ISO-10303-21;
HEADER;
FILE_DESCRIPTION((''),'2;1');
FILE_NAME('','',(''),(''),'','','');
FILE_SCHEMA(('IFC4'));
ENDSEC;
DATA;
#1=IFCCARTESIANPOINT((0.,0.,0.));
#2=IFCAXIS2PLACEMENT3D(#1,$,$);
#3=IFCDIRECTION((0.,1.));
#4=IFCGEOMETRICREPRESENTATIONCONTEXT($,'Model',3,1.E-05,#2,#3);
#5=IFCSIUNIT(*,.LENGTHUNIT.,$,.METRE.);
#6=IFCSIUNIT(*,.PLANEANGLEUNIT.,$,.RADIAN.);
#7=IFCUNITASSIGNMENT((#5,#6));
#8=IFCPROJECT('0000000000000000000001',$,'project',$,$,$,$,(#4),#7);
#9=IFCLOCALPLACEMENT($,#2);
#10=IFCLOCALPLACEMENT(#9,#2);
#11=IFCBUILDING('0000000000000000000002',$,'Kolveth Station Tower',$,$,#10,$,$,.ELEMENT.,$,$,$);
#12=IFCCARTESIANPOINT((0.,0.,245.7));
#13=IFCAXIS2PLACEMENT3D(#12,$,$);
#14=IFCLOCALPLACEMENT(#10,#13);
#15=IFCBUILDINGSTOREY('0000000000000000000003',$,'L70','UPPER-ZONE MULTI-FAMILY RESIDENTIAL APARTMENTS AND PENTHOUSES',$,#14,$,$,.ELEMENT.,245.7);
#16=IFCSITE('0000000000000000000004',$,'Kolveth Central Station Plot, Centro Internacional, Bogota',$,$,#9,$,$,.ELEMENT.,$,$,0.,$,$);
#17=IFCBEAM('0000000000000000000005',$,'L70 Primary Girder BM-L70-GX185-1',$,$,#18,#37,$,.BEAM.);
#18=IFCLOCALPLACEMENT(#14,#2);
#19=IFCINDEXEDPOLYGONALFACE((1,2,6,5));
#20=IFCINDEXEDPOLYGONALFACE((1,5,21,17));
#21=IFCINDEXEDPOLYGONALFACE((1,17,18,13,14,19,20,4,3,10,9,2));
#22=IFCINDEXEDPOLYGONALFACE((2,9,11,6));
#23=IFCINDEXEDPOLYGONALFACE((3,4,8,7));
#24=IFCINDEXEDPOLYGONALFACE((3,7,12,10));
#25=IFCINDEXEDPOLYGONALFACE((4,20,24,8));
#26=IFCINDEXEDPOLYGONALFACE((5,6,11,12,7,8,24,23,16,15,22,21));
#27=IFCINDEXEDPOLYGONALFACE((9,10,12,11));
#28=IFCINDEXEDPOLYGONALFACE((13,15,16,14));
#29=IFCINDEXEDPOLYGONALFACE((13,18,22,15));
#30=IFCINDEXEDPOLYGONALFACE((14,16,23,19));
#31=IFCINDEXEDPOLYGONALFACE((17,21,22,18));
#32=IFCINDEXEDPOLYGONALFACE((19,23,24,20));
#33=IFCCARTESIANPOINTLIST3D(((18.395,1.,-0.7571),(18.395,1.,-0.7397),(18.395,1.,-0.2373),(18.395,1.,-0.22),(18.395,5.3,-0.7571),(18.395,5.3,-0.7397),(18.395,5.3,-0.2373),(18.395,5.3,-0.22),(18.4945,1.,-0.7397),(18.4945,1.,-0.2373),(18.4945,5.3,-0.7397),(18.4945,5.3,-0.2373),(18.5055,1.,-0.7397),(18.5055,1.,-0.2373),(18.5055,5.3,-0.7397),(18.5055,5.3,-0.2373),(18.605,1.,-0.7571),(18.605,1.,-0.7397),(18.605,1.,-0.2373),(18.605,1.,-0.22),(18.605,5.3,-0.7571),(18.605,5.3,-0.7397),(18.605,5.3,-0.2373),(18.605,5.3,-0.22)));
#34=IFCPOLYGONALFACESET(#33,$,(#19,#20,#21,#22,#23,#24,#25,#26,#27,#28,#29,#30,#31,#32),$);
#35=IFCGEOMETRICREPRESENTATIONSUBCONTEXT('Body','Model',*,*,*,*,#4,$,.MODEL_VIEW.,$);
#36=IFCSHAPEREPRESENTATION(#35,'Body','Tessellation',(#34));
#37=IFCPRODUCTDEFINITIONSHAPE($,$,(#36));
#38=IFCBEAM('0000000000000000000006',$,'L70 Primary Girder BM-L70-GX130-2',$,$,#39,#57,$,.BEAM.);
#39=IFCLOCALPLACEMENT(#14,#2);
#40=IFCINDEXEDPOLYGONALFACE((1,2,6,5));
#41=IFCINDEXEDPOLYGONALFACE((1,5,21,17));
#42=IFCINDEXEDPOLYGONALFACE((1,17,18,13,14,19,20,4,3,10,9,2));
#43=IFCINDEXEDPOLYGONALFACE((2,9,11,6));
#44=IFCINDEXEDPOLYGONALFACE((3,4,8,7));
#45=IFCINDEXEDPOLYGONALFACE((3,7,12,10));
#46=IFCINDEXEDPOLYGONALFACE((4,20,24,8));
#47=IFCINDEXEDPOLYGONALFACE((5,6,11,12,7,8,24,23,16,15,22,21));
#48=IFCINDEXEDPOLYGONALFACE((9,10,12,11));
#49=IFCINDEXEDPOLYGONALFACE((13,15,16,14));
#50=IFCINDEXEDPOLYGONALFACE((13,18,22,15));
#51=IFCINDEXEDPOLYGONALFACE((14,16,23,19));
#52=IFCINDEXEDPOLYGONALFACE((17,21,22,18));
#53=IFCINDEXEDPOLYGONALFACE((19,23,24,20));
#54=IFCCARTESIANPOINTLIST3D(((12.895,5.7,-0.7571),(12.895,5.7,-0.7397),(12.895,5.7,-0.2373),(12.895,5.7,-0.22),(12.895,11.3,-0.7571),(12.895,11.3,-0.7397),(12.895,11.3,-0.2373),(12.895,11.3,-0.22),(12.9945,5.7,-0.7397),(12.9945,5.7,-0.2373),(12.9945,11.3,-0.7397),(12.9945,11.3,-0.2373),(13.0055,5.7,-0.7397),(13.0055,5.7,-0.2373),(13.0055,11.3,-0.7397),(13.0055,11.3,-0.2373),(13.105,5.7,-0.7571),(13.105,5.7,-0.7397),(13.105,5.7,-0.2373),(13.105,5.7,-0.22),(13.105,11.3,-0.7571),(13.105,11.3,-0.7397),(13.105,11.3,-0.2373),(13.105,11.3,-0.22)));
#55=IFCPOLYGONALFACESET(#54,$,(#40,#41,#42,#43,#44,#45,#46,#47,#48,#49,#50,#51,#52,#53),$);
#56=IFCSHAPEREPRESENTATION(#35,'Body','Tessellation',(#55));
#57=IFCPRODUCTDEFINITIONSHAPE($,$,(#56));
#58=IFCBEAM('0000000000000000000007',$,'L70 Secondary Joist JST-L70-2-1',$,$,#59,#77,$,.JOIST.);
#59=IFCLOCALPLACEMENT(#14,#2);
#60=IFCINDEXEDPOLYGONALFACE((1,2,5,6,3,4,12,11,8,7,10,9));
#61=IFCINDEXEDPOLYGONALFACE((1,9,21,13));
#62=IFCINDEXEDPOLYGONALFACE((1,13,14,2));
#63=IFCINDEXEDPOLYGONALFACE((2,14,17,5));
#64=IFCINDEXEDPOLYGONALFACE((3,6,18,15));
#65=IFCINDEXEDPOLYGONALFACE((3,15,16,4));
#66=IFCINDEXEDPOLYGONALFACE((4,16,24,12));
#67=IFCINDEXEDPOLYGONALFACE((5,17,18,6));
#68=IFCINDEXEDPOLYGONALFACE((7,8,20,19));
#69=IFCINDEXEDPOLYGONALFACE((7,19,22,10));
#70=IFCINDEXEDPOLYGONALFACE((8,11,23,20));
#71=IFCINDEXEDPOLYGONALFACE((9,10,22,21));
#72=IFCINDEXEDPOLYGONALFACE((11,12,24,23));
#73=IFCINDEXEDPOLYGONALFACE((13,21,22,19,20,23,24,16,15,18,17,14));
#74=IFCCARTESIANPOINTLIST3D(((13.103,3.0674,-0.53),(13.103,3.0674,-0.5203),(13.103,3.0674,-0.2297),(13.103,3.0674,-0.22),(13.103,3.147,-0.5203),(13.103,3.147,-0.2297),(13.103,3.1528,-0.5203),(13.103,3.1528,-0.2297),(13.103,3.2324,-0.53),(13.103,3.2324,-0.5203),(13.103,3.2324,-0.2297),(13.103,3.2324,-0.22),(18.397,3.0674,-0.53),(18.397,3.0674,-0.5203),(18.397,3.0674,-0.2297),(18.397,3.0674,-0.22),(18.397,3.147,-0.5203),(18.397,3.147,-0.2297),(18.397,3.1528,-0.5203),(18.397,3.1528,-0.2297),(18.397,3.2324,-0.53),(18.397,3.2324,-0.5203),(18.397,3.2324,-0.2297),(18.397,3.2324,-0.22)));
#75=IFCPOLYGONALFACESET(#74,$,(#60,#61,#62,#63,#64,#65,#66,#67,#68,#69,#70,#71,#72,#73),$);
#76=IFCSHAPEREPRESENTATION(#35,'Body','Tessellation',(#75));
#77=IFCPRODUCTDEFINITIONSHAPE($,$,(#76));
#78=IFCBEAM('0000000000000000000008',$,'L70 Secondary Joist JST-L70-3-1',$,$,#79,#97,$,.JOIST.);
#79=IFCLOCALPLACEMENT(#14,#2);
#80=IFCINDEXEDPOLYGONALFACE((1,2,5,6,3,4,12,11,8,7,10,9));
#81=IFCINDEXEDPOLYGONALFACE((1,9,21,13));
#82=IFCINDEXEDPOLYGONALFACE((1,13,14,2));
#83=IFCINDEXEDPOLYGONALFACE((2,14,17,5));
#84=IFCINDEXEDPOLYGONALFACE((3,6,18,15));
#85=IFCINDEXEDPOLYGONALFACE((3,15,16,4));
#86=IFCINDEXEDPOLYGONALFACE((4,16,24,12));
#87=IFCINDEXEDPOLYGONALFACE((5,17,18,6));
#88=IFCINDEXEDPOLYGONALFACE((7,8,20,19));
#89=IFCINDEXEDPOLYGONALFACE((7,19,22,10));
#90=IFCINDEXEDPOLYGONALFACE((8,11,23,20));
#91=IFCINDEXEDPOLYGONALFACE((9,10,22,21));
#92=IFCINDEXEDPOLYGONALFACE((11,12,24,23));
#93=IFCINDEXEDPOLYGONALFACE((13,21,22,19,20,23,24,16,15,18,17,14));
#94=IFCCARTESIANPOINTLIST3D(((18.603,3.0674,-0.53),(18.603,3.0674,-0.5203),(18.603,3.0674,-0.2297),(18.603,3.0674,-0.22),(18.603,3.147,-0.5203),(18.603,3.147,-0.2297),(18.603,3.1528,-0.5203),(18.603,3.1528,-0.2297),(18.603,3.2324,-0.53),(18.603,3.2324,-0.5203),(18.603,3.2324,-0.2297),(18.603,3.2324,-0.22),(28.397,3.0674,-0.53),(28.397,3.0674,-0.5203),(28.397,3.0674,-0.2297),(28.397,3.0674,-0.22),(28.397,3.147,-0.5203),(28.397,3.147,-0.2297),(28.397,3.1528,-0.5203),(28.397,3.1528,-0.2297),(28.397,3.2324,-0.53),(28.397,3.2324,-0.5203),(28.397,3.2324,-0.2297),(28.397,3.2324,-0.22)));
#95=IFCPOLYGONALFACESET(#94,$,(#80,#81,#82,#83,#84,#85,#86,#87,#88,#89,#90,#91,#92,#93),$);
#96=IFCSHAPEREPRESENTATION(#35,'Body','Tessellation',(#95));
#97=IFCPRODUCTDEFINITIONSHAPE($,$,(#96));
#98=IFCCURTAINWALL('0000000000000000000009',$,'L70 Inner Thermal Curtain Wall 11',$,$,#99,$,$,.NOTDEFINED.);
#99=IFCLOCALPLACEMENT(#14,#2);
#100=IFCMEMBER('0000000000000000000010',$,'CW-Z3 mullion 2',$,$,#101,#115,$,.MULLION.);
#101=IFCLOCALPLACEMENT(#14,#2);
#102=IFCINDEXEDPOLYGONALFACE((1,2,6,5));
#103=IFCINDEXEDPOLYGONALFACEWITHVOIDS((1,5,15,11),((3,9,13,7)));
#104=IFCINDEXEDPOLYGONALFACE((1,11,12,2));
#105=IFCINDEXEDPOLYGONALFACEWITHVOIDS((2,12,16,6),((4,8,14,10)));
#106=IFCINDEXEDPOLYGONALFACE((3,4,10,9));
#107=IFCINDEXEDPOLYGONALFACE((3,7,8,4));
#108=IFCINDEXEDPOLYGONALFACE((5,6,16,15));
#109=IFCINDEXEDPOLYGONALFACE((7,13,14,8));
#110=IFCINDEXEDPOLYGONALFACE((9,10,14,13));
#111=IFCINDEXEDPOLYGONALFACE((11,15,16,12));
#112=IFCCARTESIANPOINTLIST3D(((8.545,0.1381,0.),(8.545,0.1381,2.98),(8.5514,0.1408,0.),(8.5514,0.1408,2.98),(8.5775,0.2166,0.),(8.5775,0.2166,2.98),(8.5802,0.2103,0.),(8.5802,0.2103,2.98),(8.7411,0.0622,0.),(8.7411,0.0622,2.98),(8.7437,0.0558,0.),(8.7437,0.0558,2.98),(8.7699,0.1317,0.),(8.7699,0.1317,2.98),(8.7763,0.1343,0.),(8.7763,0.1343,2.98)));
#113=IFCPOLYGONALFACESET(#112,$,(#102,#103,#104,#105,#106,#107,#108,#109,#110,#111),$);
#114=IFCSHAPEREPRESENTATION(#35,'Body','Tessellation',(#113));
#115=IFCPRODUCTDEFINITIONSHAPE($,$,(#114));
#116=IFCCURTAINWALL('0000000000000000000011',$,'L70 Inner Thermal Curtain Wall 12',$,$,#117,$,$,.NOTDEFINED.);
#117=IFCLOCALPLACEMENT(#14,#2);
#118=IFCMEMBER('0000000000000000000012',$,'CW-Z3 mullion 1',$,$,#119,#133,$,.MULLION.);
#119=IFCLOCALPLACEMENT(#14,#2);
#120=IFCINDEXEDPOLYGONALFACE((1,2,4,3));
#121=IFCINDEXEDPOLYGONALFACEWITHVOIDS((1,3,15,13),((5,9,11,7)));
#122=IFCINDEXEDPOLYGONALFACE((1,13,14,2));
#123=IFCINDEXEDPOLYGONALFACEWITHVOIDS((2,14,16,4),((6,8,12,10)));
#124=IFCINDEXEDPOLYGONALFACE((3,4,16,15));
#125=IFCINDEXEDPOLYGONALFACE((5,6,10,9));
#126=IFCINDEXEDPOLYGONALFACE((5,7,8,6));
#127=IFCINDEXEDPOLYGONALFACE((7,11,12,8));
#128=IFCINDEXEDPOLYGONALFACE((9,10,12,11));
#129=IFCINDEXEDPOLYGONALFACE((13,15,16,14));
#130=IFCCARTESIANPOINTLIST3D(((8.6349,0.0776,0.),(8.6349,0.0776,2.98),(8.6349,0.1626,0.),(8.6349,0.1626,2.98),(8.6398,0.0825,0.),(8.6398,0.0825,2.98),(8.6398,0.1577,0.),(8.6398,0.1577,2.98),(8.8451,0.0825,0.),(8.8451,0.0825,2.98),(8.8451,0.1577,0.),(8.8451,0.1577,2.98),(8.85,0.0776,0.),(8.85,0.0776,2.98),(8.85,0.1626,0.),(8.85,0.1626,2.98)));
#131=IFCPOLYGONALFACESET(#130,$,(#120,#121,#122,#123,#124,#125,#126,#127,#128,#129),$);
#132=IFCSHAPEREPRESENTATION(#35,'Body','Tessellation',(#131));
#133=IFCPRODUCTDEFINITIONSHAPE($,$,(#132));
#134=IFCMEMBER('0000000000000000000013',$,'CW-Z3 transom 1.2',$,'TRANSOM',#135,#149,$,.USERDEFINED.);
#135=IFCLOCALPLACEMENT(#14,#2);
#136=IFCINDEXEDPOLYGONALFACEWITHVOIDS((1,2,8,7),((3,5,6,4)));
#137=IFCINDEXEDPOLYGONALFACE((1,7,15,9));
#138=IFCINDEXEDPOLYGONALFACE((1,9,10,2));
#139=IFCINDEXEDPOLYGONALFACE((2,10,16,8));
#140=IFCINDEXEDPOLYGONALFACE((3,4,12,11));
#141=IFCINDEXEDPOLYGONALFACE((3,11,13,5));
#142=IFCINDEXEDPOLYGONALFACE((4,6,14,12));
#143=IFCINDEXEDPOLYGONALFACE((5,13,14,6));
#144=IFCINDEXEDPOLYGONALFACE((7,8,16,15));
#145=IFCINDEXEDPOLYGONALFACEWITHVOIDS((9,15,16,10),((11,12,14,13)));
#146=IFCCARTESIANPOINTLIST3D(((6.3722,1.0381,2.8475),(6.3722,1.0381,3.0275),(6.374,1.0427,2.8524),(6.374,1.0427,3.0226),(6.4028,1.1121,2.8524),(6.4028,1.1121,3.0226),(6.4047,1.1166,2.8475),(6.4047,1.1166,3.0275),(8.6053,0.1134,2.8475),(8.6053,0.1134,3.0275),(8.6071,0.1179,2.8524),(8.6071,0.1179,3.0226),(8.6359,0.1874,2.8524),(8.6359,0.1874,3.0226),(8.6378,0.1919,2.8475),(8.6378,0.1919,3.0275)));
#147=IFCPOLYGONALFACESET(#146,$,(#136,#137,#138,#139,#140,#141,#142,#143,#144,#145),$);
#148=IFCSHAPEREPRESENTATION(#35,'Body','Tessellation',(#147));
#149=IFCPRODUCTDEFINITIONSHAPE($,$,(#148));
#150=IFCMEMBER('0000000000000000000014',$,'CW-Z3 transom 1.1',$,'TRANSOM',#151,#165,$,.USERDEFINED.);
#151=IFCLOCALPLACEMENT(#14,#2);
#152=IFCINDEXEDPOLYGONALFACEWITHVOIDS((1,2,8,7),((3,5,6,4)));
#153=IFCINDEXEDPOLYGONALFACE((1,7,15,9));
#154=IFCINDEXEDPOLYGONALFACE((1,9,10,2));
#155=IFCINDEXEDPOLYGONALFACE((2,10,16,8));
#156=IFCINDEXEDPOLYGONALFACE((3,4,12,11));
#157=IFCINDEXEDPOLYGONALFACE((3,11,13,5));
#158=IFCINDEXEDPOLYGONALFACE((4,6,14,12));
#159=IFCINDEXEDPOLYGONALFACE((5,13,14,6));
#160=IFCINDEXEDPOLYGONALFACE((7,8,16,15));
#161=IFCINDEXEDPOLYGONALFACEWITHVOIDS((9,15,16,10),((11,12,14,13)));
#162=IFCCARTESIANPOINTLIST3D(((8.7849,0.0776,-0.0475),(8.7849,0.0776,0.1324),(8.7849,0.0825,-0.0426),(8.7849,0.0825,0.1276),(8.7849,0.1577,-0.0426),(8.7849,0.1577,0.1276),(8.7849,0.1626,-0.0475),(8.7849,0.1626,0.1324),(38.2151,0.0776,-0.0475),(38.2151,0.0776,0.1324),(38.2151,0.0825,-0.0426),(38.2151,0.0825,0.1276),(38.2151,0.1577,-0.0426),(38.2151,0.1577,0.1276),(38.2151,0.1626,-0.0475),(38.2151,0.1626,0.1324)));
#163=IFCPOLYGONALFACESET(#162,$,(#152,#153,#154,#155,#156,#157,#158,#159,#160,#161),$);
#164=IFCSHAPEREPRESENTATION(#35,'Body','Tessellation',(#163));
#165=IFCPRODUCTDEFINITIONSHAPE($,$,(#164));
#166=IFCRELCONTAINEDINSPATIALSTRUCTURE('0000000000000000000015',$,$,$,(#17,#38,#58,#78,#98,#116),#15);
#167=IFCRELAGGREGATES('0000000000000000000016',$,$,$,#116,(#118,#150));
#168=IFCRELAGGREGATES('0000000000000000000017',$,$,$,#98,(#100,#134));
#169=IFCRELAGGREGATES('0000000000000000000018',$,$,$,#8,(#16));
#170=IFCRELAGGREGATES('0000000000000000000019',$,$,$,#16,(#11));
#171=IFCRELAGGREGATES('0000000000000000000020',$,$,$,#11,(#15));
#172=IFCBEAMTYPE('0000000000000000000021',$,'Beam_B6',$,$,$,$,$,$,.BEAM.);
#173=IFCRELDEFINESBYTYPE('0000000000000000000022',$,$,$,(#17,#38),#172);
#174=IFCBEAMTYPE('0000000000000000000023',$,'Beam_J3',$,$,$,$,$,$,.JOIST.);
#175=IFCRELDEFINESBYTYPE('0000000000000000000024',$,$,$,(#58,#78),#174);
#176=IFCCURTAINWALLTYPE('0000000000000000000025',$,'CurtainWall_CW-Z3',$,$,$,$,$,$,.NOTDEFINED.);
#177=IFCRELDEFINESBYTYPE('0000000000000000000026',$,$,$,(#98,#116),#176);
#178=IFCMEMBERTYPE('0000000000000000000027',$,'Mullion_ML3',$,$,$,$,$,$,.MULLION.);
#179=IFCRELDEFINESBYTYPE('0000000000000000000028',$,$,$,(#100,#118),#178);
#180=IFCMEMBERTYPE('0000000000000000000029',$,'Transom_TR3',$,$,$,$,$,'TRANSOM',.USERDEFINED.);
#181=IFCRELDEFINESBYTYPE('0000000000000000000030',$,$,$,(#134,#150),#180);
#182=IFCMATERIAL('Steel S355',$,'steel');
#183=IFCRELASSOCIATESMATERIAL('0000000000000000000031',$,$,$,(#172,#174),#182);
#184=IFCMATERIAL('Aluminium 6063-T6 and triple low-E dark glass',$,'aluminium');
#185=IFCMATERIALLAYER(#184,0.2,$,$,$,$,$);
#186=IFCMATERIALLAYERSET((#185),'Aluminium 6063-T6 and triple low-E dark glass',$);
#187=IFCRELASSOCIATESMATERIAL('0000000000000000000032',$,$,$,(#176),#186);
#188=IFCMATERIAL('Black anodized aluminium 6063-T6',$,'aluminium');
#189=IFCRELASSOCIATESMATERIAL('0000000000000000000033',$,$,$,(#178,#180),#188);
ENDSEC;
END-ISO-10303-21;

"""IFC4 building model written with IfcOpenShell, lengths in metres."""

from ifc_helpers import new_model, si_unit, direction, frame, origin, origin_2d, place, context, subcontext, project, spatial, hollow_rectangle, i_section, extrude, source, transform, mapped, material, layer, layer_set, material_profile, profile_set, type_object, element, aggregate, save


model = new_model("IFC4")

# Units and contexts
model_context = context("Model", 3, precision=1e-05, world=origin(), true_north=direction((0.0, 1.0)))
body_context = subcontext(model_context, "Body", "Model", "MODEL_VIEW")
ifc_project = project(units=[si_unit("LENGTHUNIT", "METRE"), si_unit("PLANEANGLEUNIT", "RADIAN")], contexts=[model_context])

# Site, building, storey
site_placement = place(None, origin())
site = spatial("IfcSite", under=ifc_project, at=site_placement, Name="Kolveth Central Station Plot, Centro Internacional, Bogota", CompositionType="ELEMENT", RefElevation=0.0)
building_placement = place(site_placement, origin())
building = spatial("IfcBuilding", under=site, at=building_placement, Name="Kolveth Station Tower", CompositionType="ELEMENT")
storey_placement = place(building_placement, frame((0.0, 0.0, 245.7)))
storey = spatial("IfcBuildingStorey", under=building, at=storey_placement, Name="L70", Description="UPPER-ZONE MULTI-FAMILY RESIDENTIAL APARTMENTS AND PENTHOUSES", CompositionType="ELEMENT", Elevation=245.7)

# Shared definitions
ifc_material_1 = material(Name="Steel S355", Category="steel")

# Beams
ifc_material_profile_1 = material_profile(ifc_material_1, i_section(OverallWidth=0.21, OverallDepth=0.5371, WebThickness=0.011, FlangeThickness=0.0173, at=origin_2d()), Name="W530x101")
ifc_profile_set_1 = profile_set([ifc_material_profile_1], Name="Steel S355")
beam_type_1 = type_object("IfcBeamType", Name="Beam_B6", PredefinedType="BEAM", material=ifc_profile_set_1)
shared_shape_1 = source(origin(), body_context, "Body", "SweptSolid", [
    extrude(i_section(OverallWidth=0.21, OverallDepth=0.5371, WebThickness=0.011, FlangeThickness=0.0173, at=origin_2d()), origin(), (0.0, 0.0, 1.0), 4.3),
])
for number, where, z_axis, x_axis, name in (
    (1, (18.5, 1.0, -0.4885), (0.0, 1.0, 0.0), (-1.0, 0.0, 0.0), "L70 Primary Girder BM-L70-GX185-1"),
):
    element("IfcBeam", number, at=place(storey_placement, frame(where, z_axis=z_axis, x_axis=x_axis)), inside=storey, type_object=beam_type_1, Name=name, PredefinedType="BEAM", context=body_context, shape_type="MappedRepresentation", body=[
        mapped(shared_shape_1, transform((0.0, 0.0, 0.0), x_axis=(1.0, 0.0, 0.0), y_axis=(0.0, 1.0, 0.0), z_axis=(0.0, 0.0, 1.0), scale=1.0)),
    ])
shared_shape_2 = source(origin(), body_context, "Body", "SweptSolid", [
    extrude(i_section(OverallWidth=0.21, OverallDepth=0.5371, WebThickness=0.011, FlangeThickness=0.0173, at=origin_2d()), origin(), (0.0, 0.0, 1.0), 5.6001),
])
beam_1_placement = place(storey_placement, frame((13.0, 5.7, -0.4885), z_axis=(0.0, 1.0, 0.0), x_axis=(-1.0, 0.0, 0.0)))
element("IfcBeam", 2, at=beam_1_placement, inside=storey, type_object=beam_type_1, Name="L70 Primary Girder BM-L70-GX130-2", PredefinedType="BEAM", context=body_context, shape_type="MappedRepresentation", body=[
    mapped(shared_shape_2, transform((0.0, 0.0, 0.0), x_axis=(1.0, 0.0, 0.0), y_axis=(0.0, 1.0, 0.0), z_axis=(0.0, 0.0, 1.0), scale=1.0)),
])
ifc_material_profile_2 = material_profile(ifc_material_1, i_section(OverallWidth=0.165, OverallDepth=0.3101, WebThickness=0.0059, FlangeThickness=0.0098, at=origin_2d()), Name="W310x39")
ifc_profile_set_2 = profile_set([ifc_material_profile_2], Name="Steel S355")
beam_type_2 = type_object("IfcBeamType", Name="Beam_J3", PredefinedType="JOIST", material=ifc_profile_set_2)
shared_shape_3 = source(origin(), body_context, "Body", "SweptSolid", [
    extrude(i_section(OverallWidth=0.165, OverallDepth=0.3101, WebThickness=0.0059, FlangeThickness=0.0098, at=origin_2d()), origin(), (0.0, 0.0, 1.0), 5.2939),
])
beam_2_placement = place(storey_placement, frame((13.103, 3.1499, -0.375), z_axis=(1.0, 0.0, 0.0), x_axis=(0.0, 1.0, 0.0)))
element("IfcBeam", 3, at=beam_2_placement, inside=storey, type_object=beam_type_2, Name="L70 Secondary Joist JST-L70-2-1", PredefinedType="JOIST", context=body_context, shape_type="MappedRepresentation", body=[
    mapped(shared_shape_3, transform((0.0, 0.0, 0.0), x_axis=(1.0, 0.0, 0.0), y_axis=(0.0, 1.0, 0.0), z_axis=(0.0, 0.0, 1.0), scale=1.0)),
])
shared_shape_4 = source(origin(), body_context, "Body", "SweptSolid", [
    extrude(i_section(OverallWidth=0.165, OverallDepth=0.3101, WebThickness=0.0059, FlangeThickness=0.0098, at=origin_2d()), origin(), (0.0, 0.0, 1.0), 9.7939),
])
beam_3_placement = place(storey_placement, frame((18.603, 3.1499, -0.375), z_axis=(1.0, 0.0, 0.0), x_axis=(0.0, 1.0, 0.0)))
element("IfcBeam", 4, at=beam_3_placement, inside=storey, type_object=beam_type_2, Name="L70 Secondary Joist JST-L70-3-1", PredefinedType="JOIST", context=body_context, shape_type="MappedRepresentation", body=[
    mapped(shared_shape_4, transform((0.0, 0.0, 0.0), x_axis=(1.0, 0.0, 0.0), y_axis=(0.0, 1.0, 0.0), z_axis=(0.0, 0.0, 1.0), scale=1.0)),
])

# Curtain walls, members
ifc_material_2 = material(Name="Aluminium 6063-T6 and triple low-E dark glass", Category="aluminium")
ifc_layer_1 = layer(ifc_material_2, 0.2)
ifc_layer_set_1 = layer_set([ifc_layer_1], Name="Aluminium 6063-T6 and triple low-E dark glass")
curtain_wall_type_1 = type_object("IfcCurtainWallType", Name="CurtainWall_CW-Z3", PredefinedType="NOTDEFINED", material=ifc_layer_set_1)
curtain_wall_1_placement = place(storey_placement, origin())
curtain_wall_1 = element("IfcCurtainWall", 5, at=curtain_wall_1_placement, inside=storey, type_object=curtain_wall_type_1, Name="L70 Inner Thermal Curtain Wall 11", PredefinedType="NOTDEFINED")
ifc_material_3 = material(Name="Black anodized aluminium 6063-T6", Category="aluminium")
ifc_material_profile_3 = material_profile(ifc_material_3, hollow_rectangle(XDim=0.085, YDim=0.2151, WallThickness=0.0049, at=origin_2d()), Name="ALU-85x215x5")
ifc_profile_set_3 = profile_set([ifc_material_profile_3], Name="Black anodized aluminium 6063-T6")
member_type_1 = type_object("IfcMemberType", Name="Mullion_ML3", PredefinedType="MULLION", material=ifc_profile_set_3)
shared_shape_5 = source(origin(), body_context, "Body", "SweptSolid", [
    extrude(hollow_rectangle(XDim=0.085, YDim=0.2151, WallThickness=0.0049, at=origin_2d()), origin(), (0.0, 0.0, 1.0), 2.98),
])
member_1_placement = place(storey_placement, frame((8.6606, 0.1362, 0.0), z_axis=(0.0, 0.0, 1.0), x_axis=(0.382693, 0.923875, 0.0)))
member_1 = element("IfcMember", 6, at=member_1_placement, type_object=member_type_1, Name="CW-Z3 mullion 2", PredefinedType="MULLION", context=body_context, shape_type="MappedRepresentation", body=[
    mapped(shared_shape_5, transform((0.0, 0.0, 0.0), x_axis=(1.0, 0.0, 0.0), y_axis=(0.0, 1.0, 0.0), z_axis=(0.0, 0.0, 1.0), scale=1.0)),
])
curtain_wall_2_placement = place(storey_placement, origin())
curtain_wall_2 = element("IfcCurtainWall", 7, at=curtain_wall_2_placement, inside=storey, type_object=curtain_wall_type_1, Name="L70 Inner Thermal Curtain Wall 12", PredefinedType="NOTDEFINED")
member_2_placement = place(storey_placement, frame((8.7424, 0.1201, 0.0), z_axis=(0.0, 0.0, 1.0), x_axis=(0.0, 1.0, 0.0)))
member_2 = element("IfcMember", 8, at=member_2_placement, type_object=member_type_1, Name="CW-Z3 mullion 1", PredefinedType="MULLION", context=body_context, shape_type="MappedRepresentation", body=[
    mapped(shared_shape_5, transform((0.0, 0.0, 0.0), x_axis=(1.0, 0.0, 0.0), y_axis=(0.0, 1.0, 0.0), z_axis=(0.0, 0.0, 1.0), scale=1.0)),
])

# Members
ifc_material_profile_4 = material_profile(ifc_material_3, hollow_rectangle(XDim=0.085, YDim=0.1799, WallThickness=0.0049, at=origin_2d()), Name="ALU-85x180x5")
ifc_profile_set_4 = profile_set([ifc_material_profile_4], Name="Black anodized aluminium 6063-T6")
member_type_2 = type_object("IfcMemberType", Name="Transom_TR3", ElementType="TRANSOM", PredefinedType="USERDEFINED", material=ifc_profile_set_4)
shared_shape_6 = source(origin(), body_context, "Body", "SweptSolid", [
    extrude(hollow_rectangle(XDim=0.085, YDim=0.1799, WallThickness=0.0049, at=origin_2d()), origin(), (0.0, 0.0, 1.0), 2.417),
])
member_3_placement = place(storey_placement, frame((6.3884, 1.0774, 2.9375), z_axis=(0.923909, -0.382613, 0.0), x_axis=(0.382613, 0.923909, 0.0)))
member_3 = element("IfcMember", 9, at=member_3_placement, type_object=member_type_2, Name="CW-Z3 transom 1.2", ObjectType="TRANSOM", PredefinedType="USERDEFINED", context=body_context, shape_type="MappedRepresentation", body=[
    mapped(shared_shape_6, transform((0.0, 0.0, 0.0), x_axis=(1.0, 0.0, 0.0), y_axis=(0.0, 1.0, 0.0), z_axis=(0.0, 0.0, 1.0), scale=1.0)),
])
shared_shape_7 = source(origin(), body_context, "Body", "SweptSolid", [
    extrude(hollow_rectangle(XDim=0.085, YDim=0.1799, WallThickness=0.0049, at=origin_2d()), origin(), (0.0, 0.0, 1.0), 29.4302),
])
member_4_placement = place(storey_placement, frame((8.7849, 0.1201, 0.0425), z_axis=(1.0, 0.0, 0.0), x_axis=(0.0, 1.0, 0.0)))
member_4 = element("IfcMember", 10, at=member_4_placement, type_object=member_type_2, Name="CW-Z3 transom 1.1", ObjectType="TRANSOM", PredefinedType="USERDEFINED", context=body_context, shape_type="MappedRepresentation", body=[
    mapped(shared_shape_7, transform((0.0, 0.0, 0.0), x_axis=(1.0, 0.0, 0.0), y_axis=(0.0, 1.0, 0.0), z_axis=(0.0, 0.0, 1.0), scale=1.0)),
])
aggregate(curtain_wall_2, [member_2, member_4])

aggregate(curtain_wall_1, [member_1, member_3])

save(model, "model.ifc")
